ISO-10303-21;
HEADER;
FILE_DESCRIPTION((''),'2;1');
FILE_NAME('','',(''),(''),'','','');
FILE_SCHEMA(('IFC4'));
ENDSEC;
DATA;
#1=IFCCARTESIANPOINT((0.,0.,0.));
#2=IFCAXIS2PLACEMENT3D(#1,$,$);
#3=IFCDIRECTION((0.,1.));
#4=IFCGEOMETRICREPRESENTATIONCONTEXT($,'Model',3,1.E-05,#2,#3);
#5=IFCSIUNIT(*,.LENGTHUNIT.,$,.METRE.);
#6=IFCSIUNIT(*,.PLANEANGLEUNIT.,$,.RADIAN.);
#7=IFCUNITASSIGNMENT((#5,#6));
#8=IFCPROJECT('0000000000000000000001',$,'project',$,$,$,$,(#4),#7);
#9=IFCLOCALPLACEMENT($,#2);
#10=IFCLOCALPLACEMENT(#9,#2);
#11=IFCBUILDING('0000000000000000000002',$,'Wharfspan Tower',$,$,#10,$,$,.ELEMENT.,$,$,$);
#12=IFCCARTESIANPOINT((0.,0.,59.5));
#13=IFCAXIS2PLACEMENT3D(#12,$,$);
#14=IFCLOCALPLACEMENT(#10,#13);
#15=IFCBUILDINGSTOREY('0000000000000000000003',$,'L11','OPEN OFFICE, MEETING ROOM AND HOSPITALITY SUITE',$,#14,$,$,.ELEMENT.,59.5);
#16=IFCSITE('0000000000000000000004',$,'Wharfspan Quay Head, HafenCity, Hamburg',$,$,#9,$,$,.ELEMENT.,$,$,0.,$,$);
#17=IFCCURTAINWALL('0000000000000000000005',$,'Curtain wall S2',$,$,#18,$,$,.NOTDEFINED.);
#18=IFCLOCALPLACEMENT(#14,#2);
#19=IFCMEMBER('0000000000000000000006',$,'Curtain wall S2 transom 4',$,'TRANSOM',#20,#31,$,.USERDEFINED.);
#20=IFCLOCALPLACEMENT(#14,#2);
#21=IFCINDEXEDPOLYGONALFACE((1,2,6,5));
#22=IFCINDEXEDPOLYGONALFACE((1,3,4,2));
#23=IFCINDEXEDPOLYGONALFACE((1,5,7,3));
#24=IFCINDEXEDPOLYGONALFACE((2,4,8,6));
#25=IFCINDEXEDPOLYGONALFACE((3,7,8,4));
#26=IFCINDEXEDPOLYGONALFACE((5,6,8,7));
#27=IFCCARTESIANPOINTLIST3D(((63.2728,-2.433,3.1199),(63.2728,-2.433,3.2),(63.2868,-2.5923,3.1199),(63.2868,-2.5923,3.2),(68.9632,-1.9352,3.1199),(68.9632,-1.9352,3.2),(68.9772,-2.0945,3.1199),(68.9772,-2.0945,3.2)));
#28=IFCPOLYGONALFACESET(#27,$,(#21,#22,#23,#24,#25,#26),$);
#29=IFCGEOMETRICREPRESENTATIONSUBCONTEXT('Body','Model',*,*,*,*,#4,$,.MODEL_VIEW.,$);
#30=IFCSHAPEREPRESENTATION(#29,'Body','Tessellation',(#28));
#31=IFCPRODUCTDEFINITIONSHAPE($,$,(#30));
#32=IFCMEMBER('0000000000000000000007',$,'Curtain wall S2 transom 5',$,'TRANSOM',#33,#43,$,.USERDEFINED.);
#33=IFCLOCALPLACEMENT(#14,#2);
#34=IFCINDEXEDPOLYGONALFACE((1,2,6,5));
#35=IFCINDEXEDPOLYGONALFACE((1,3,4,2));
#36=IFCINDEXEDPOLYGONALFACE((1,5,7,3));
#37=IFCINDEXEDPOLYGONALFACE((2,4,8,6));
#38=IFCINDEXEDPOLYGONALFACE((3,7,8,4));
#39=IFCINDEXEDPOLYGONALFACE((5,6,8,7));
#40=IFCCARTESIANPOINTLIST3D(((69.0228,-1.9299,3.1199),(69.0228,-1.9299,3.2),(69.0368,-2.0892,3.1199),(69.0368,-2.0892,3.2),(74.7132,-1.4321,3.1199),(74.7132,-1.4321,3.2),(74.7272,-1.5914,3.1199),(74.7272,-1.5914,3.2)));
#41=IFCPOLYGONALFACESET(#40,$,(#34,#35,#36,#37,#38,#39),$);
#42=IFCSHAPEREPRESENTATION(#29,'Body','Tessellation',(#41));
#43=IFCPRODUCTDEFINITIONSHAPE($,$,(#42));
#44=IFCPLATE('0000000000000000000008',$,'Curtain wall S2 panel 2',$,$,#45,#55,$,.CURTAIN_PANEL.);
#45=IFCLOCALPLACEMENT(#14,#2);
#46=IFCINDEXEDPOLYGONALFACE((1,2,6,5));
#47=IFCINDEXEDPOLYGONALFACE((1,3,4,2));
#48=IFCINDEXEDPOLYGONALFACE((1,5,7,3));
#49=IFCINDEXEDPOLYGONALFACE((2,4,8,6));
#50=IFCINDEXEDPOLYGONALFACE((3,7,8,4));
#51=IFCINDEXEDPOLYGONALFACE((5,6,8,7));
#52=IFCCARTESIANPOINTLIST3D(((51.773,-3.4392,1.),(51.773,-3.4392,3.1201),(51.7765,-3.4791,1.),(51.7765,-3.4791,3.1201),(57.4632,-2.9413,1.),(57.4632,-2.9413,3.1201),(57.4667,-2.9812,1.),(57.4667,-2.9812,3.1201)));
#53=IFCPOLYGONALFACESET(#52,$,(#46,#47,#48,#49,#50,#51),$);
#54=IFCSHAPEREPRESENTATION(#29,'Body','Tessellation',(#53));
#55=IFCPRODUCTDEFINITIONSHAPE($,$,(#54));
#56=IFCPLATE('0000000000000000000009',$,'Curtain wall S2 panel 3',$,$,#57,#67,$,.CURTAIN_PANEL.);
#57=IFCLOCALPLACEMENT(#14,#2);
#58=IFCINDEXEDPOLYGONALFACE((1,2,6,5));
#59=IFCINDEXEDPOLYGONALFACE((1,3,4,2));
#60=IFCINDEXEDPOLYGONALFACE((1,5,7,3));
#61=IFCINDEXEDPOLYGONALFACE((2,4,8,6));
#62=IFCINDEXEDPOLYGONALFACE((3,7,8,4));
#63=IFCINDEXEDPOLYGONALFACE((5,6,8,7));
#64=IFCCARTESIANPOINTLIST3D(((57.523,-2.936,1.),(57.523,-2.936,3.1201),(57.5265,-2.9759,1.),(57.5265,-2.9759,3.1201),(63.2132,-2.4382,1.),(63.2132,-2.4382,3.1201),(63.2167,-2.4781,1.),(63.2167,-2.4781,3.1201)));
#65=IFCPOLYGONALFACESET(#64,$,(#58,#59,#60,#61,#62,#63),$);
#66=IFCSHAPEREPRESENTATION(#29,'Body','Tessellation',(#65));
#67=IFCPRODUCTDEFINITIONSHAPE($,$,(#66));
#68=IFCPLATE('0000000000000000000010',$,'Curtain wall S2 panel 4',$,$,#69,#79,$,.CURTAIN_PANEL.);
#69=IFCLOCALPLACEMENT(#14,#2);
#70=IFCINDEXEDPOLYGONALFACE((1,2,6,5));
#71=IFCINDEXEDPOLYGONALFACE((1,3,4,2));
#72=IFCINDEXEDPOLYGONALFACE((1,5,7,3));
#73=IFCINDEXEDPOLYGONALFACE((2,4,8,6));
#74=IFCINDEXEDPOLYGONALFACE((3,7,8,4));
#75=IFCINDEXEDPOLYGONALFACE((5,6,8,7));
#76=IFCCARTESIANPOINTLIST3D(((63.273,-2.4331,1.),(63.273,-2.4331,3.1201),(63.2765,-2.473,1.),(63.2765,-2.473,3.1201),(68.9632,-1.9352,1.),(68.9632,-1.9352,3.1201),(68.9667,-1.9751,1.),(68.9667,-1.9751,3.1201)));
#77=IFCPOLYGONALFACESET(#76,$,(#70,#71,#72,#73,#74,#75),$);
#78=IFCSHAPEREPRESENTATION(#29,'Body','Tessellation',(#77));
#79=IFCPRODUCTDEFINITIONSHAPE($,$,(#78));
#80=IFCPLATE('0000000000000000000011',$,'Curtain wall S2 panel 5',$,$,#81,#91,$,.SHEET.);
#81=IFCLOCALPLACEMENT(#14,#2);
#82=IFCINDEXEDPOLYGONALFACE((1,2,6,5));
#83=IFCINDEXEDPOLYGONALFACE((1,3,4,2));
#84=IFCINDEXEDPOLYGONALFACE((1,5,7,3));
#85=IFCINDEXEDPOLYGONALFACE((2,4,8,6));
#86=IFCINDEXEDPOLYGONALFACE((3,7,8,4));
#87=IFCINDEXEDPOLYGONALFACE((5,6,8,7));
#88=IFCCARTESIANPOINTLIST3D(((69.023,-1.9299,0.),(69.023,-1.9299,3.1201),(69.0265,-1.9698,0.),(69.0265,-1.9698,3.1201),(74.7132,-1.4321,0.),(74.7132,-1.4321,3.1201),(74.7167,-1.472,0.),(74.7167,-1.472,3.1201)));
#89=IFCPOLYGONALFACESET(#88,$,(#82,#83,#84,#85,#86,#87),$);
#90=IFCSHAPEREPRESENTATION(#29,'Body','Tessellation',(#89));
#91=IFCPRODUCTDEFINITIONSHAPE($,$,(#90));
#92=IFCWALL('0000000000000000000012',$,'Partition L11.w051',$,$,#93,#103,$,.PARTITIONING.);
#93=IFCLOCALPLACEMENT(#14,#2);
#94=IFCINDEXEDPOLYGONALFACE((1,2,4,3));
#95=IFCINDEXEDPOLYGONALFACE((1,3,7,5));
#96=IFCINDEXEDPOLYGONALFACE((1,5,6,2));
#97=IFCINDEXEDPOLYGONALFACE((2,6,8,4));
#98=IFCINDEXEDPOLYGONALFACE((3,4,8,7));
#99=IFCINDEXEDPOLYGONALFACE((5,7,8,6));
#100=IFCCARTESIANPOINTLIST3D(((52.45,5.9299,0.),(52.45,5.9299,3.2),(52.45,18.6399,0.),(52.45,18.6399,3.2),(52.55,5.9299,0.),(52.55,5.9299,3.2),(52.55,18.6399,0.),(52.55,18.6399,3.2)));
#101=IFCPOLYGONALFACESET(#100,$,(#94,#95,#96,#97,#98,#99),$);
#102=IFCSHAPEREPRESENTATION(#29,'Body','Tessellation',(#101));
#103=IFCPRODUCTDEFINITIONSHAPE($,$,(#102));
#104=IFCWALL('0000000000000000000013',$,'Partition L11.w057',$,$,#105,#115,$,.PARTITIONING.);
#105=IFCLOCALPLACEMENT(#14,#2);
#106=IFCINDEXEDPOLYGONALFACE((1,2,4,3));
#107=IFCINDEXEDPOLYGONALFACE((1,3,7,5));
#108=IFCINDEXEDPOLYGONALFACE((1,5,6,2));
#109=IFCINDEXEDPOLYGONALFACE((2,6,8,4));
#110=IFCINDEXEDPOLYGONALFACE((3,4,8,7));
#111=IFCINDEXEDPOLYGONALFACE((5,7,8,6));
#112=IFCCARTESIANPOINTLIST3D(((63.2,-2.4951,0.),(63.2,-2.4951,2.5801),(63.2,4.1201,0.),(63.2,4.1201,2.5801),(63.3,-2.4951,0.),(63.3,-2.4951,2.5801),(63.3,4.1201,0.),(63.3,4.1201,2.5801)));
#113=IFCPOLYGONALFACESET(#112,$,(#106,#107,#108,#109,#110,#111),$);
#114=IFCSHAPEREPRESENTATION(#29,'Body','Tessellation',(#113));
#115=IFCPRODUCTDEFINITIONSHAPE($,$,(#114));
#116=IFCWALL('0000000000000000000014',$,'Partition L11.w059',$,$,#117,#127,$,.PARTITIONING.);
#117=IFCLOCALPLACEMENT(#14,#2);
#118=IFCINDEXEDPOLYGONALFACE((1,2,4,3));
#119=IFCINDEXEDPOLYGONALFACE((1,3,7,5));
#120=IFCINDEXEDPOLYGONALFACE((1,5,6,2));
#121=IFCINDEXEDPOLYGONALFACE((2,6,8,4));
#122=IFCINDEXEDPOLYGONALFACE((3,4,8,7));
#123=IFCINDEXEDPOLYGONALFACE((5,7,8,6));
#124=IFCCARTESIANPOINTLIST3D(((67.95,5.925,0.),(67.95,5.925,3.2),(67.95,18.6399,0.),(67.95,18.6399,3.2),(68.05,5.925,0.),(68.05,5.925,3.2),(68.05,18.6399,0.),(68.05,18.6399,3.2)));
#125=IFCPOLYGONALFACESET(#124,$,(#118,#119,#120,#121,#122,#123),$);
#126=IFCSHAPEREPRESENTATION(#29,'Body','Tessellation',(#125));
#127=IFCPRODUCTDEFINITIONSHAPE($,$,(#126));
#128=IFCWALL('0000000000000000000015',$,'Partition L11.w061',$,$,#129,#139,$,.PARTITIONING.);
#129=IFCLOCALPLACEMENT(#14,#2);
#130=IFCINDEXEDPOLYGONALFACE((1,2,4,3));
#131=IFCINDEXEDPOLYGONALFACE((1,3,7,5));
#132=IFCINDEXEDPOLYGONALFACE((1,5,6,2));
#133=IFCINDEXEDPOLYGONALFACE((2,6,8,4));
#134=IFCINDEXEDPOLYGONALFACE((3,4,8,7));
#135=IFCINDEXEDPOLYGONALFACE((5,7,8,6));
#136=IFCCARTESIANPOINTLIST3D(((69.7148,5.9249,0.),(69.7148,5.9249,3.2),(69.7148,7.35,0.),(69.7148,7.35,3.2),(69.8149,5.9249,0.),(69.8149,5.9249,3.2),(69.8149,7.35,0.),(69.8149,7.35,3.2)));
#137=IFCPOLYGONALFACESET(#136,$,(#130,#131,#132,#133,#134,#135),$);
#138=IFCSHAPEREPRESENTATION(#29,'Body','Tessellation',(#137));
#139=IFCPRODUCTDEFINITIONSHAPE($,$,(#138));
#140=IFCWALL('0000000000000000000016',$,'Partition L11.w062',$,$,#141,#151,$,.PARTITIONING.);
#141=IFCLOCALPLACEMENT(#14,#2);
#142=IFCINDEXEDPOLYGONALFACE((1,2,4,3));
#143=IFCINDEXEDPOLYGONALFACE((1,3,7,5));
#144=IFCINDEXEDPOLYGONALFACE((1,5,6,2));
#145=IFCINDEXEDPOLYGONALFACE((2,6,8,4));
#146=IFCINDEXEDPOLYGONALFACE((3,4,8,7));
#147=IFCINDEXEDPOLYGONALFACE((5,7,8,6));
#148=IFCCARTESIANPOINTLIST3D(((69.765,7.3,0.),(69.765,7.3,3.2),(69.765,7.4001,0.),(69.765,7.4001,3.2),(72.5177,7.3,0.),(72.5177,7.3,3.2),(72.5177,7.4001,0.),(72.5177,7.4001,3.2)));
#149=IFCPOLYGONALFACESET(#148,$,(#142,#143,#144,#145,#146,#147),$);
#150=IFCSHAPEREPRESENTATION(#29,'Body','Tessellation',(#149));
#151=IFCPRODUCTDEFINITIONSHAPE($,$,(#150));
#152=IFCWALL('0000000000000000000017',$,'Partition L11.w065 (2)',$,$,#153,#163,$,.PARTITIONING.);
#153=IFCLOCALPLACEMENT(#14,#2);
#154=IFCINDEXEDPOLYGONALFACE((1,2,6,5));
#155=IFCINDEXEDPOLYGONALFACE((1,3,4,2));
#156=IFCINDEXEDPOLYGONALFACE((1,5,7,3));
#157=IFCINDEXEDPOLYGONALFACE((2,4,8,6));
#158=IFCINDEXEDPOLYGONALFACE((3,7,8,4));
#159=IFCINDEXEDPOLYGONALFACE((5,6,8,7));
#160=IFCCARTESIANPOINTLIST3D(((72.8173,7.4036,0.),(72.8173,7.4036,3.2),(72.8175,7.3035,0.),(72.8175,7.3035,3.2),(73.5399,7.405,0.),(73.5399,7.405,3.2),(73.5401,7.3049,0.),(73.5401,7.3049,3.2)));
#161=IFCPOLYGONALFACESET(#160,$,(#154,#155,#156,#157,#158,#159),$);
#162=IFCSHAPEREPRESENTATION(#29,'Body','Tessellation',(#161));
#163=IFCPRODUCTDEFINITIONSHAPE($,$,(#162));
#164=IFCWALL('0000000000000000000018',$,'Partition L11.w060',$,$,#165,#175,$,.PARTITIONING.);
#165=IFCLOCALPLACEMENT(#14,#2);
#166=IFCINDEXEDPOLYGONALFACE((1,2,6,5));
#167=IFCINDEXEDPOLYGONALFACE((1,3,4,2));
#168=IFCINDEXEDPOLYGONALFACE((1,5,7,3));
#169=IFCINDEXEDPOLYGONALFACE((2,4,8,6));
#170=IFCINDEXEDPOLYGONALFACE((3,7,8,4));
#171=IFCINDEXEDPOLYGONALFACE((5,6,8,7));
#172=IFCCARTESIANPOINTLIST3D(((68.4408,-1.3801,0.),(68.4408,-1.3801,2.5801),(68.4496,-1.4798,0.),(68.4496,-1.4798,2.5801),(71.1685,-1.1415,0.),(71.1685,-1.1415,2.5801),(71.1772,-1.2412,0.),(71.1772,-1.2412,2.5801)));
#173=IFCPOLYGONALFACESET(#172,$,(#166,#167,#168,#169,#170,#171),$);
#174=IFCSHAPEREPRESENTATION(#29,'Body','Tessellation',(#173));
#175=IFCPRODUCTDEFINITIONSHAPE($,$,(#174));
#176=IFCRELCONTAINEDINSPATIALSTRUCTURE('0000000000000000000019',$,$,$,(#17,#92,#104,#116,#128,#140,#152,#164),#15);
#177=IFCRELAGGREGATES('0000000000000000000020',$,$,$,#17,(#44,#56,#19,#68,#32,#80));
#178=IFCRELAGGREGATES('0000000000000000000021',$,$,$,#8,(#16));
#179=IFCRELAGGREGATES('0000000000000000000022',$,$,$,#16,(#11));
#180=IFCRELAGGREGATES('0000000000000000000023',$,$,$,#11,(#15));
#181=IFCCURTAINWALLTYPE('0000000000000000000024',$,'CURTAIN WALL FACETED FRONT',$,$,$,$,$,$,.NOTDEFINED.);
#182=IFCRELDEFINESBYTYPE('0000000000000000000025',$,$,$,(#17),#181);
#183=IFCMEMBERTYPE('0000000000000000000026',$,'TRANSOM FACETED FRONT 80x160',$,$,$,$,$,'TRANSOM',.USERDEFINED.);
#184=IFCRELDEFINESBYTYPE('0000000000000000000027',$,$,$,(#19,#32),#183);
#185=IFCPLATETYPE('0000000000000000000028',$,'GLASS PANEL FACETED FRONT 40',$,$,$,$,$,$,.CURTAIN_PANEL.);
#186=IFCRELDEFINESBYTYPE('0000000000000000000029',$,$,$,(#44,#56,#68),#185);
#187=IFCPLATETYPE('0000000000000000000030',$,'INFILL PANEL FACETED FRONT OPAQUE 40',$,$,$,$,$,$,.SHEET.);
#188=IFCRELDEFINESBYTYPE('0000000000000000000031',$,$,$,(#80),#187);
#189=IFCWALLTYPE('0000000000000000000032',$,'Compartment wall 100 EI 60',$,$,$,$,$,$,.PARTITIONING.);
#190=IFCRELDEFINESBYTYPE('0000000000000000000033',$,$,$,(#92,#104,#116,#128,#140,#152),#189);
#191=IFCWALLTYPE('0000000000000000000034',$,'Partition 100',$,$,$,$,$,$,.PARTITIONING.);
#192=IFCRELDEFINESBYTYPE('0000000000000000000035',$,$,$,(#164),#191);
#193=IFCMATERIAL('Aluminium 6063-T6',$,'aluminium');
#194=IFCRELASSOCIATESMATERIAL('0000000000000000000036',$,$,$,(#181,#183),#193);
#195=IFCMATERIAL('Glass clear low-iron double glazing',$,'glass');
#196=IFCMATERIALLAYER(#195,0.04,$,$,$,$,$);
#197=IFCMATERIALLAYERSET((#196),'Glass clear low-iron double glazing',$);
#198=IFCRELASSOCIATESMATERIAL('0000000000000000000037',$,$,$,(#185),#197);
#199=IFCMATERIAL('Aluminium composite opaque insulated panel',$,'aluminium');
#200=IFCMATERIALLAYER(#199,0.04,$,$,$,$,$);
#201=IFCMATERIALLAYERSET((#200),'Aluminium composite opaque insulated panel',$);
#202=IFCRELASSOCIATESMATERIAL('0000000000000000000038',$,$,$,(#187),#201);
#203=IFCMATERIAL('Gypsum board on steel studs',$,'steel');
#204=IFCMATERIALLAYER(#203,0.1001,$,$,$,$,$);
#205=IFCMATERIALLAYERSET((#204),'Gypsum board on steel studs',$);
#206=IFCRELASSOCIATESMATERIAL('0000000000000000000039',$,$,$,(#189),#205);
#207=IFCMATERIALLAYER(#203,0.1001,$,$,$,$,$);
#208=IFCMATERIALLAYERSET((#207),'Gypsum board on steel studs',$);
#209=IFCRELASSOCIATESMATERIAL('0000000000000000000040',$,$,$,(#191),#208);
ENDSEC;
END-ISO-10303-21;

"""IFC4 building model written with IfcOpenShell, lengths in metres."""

from ifc_helpers import new_model, si_unit, direction, frame, frame_2d, origin, origin_2d, place, context, subcontext, project, spatial, rectangle, extrude, material, layer, layer_set, material_profile, profile_set, type_object, element, aggregate, save


model = new_model("IFC4")

# Units and contexts
model_context = context("Model", 3, precision=1e-05, world=origin(), true_north=direction((0.0, 1.0)))
body_context = subcontext(model_context, "Body", "Model", "MODEL_VIEW")
ifc_project = project(units=[si_unit("LENGTHUNIT", "METRE"), si_unit("PLANEANGLEUNIT", "RADIAN")], contexts=[model_context])

# Site, building, storey
site_placement = place(None, origin())
site = spatial("IfcSite", under=ifc_project, at=site_placement, Name="Wharfspan Quay Head, HafenCity, Hamburg", CompositionType="ELEMENT", RefElevation=0.0)
building_placement = place(site_placement, origin())
building = spatial("IfcBuilding", under=site, at=building_placement, Name="Wharfspan Tower", CompositionType="ELEMENT")
storey_placement = place(building_placement, frame((0.0, 0.0, 59.5)))
storey = spatial("IfcBuildingStorey", under=building, at=storey_placement, Name="L11", Description="OPEN OFFICE, MEETING ROOM AND HOSPITALITY SUITE", CompositionType="ELEMENT", Elevation=59.5)

# Curtain wall
ifc_material_1 = material(Name="Aluminium 6063-T6", Category="aluminium")
curtain_wall_type = type_object("IfcCurtainWallType", Name="CURTAIN WALL FACETED FRONT", PredefinedType="NOTDEFINED", material=ifc_material_1)
curtain_wall_placement = place(storey_placement, origin())
curtain_wall = element("IfcCurtainWall", 1, at=curtain_wall_placement, inside=storey, type_object=curtain_wall_type, Name="Curtain wall S2", PredefinedType="NOTDEFINED")

# Members
ifc_material_profile_1 = material_profile(ifc_material_1, rectangle(XDim=0.1599, YDim=0.0801, at=origin_2d()))
ifc_profile_set_1 = profile_set([ifc_material_profile_1], Name="Aluminium 6063-T6")
member_type_1 = type_object("IfcMemberType", Name="TRANSOM FACETED FRONT 80x160", ElementType="TRANSOM", PredefinedType="USERDEFINED", material=ifc_profile_set_1)
member_1_placement = place(storey_placement, frame((63.2798, -2.5127, 3.1599), z_axis=(0.996195, 0.087148, 0.0), x_axis=(-0.087148, 0.996195, 0.0)))
member_1 = element("IfcMember", 2, at=member_1_placement, type_object=member_type_1, Name="Curtain wall S2 transom 4", ObjectType="TRANSOM", PredefinedType="USERDEFINED", context=body_context, shape_type="SweptSolid", body=[
    extrude(rectangle(XDim=0.1599, YDim=0.0801, at=origin_2d()), origin(), (0.0, 0.0, 1.0), 5.7122),
])
member_2_placement = place(storey_placement, frame((69.0298, -2.0095, 3.1599), z_axis=(0.996195, 0.087148, 0.0), x_axis=(-0.087148, 0.996195, 0.0)))
member_2 = element("IfcMember", 3, at=member_2_placement, type_object=member_type_1, Name="Curtain wall S2 transom 5", ObjectType="TRANSOM", PredefinedType="USERDEFINED", context=body_context, shape_type="SweptSolid", body=[
    extrude(rectangle(XDim=0.1599, YDim=0.0801, at=origin_2d()), origin(), (0.0, 0.0, 1.0), 5.7122),
])

# Plates
ifc_material_2 = material(Name="Glass clear low-iron double glazing", Category="glass")
ifc_layer_1 = layer(ifc_material_2, 0.04)
ifc_layer_set_1 = layer_set([ifc_layer_1], Name="Glass clear low-iron double glazing")
plate_type_1 = type_object("IfcPlateType", Name="GLASS PANEL FACETED FRONT 40", PredefinedType="CURTAIN_PANEL", material=ifc_layer_set_1)
plate_1_placement = place(storey_placement, frame((54.6199, -3.2102, 1.0), z_axis=(0.0, 0.0, 1.0), x_axis=(0.996197, 0.087156, 0.0)))
plate_1 = element("IfcPlate", 4, at=plate_1_placement, type_object=plate_type_1, Name="Curtain wall S2 panel 2", PredefinedType="CURTAIN_PANEL", context=body_context, shape_type="SweptSolid", body=[
    extrude(rectangle(XDim=5.7119, YDim=0.04, at=origin_2d()), origin(), (0.0, 0.0, 1.0), 2.1201),
])
plate_2_placement = place(storey_placement, frame((60.3699, -2.707, 1.0), z_axis=(0.0, 0.0, 1.0), x_axis=(0.996197, 0.087156, 0.0)))
plate_2 = element("IfcPlate", 5, at=plate_2_placement, type_object=plate_type_1, Name="Curtain wall S2 panel 3", PredefinedType="CURTAIN_PANEL", context=body_context, shape_type="SweptSolid", body=[
    extrude(rectangle(XDim=5.7119, YDim=0.04, at=origin_2d()), origin(), (0.0, 0.0, 1.0), 2.1201),
])
plate_3_placement = place(storey_placement, frame((66.1199, -2.2041, 1.0), z_axis=(0.0, 0.0, 1.0), x_axis=(0.996197, 0.087156, 0.0)))
plate_3 = element("IfcPlate", 6, at=plate_3_placement, type_object=plate_type_1, Name="Curtain wall S2 panel 4", PredefinedType="CURTAIN_PANEL", context=body_context, shape_type="SweptSolid", body=[
    extrude(rectangle(XDim=5.7119, YDim=0.04, at=origin_2d()), origin(), (0.0, 0.0, 1.0), 2.1201),
])
ifc_material_3 = material(Name="Aluminium composite opaque insulated panel", Category="aluminium")
ifc_layer_2 = layer(ifc_material_3, 0.04)
ifc_layer_set_2 = layer_set([ifc_layer_2], Name="Aluminium composite opaque insulated panel")
plate_type_2 = type_object("IfcPlateType", Name="INFILL PANEL FACETED FRONT OPAQUE 40", PredefinedType="SHEET", material=ifc_layer_set_2)
plate_4_placement = place(storey_placement, frame((71.8699, -1.7009, 0.0), z_axis=(0.0, 0.0, 1.0), x_axis=(0.996197, 0.087156, 0.0)))
plate_4 = element("IfcPlate", 7, at=plate_4_placement, type_object=plate_type_2, Name="Curtain wall S2 panel 5", PredefinedType="SHEET", context=body_context, shape_type="SweptSolid", body=[
    extrude(rectangle(XDim=5.7119, YDim=0.04, at=origin_2d()), origin(), (0.0, 0.0, 1.0), 3.1201),
])
aggregate(curtain_wall, [plate_1, plate_2, member_1, plate_3, member_2, plate_4])

# Walls
ifc_material_4 = material(Name="Gypsum board on steel studs", Category="steel")
ifc_layer_3 = layer(ifc_material_4, 0.1001)
ifc_layer_set_3 = layer_set([ifc_layer_3], Name="Gypsum board on steel studs")
wall_type_1 = type_object("IfcWallType", Name="Compartment wall 100 EI 60", PredefinedType="PARTITIONING", material=ifc_layer_set_3)
wall_1_placement = place(storey_placement, frame((52.5, 5.9299, 0.0), z_axis=(0.0, 0.0, 1.0), x_axis=(0.0, 1.0, 0.0)))
element("IfcWall", 8, at=wall_1_placement, inside=storey, type_object=wall_type_1, Name="Partition L11.w051", PredefinedType="PARTITIONING", context=body_context, shape_type="SweptSolid", body=[
    extrude(rectangle(XDim=12.71, YDim=0.1001, at=frame_2d((6.355, 0.0))), origin(), (0.0, 0.0, 1.0), 3.2),
])
wall_2_placement = place(storey_placement, frame((63.25, -2.4951, 0.0), z_axis=(0.0, 0.0, 1.0), x_axis=(0.0, 1.0, 0.0)))
element("IfcWall", 9, at=wall_2_placement, inside=storey, type_object=wall_type_1, Name="Partition L11.w057", PredefinedType="PARTITIONING", context=body_context, shape_type="SweptSolid", body=[
    extrude(rectangle(XDim=6.6152, YDim=0.1001, at=frame_2d((3.3076, 0.0))), origin(), (0.0, 0.0, 1.0), 2.5801),
])
wall_3_placement = place(storey_placement, frame((68.0, 5.925, 0.0), z_axis=(0.0, 0.0, 1.0), x_axis=(0.0, 1.0, 0.0)))
element("IfcWall", 10, at=wall_3_placement, inside=storey, type_object=wall_type_1, Name="Partition L11.w059", PredefinedType="PARTITIONING", context=body_context, shape_type="SweptSolid", body=[
    extrude(rectangle(XDim=12.7148, YDim=0.1001, at=frame_2d((6.3574, 0.0))), origin(), (0.0, 0.0, 1.0), 3.2),
])
wall_4_placement = place(storey_placement, frame((69.7649, 5.925, 0.0), z_axis=(0.0, 0.0, 1.0), x_axis=(0.0, 1.0, 0.0)))
element("IfcWall", 11, at=wall_4_placement, inside=storey, type_object=wall_type_1, Name="Partition L11.w061", PredefinedType="PARTITIONING", context=body_context, shape_type="SweptSolid", body=[
    extrude(rectangle(XDim=1.425, YDim=0.1001, at=frame_2d((0.7124, 0.0))), origin(), (0.0, 0.0, 1.0), 3.2),
])
wall_5_placement = place(storey_placement, frame((69.7649, 7.3501, 0.0), z_axis=(0.0, 0.0, 1.0), x_axis=(1.0, 0.0, 0.0)))
element("IfcWall", 12, at=wall_5_placement, inside=storey, type_object=wall_type_1, Name="Partition L11.w062", PredefinedType="PARTITIONING", context=body_context, shape_type="SweptSolid", body=[
    extrude(rectangle(XDim=2.7527, YDim=0.1001, at=frame_2d((1.3765, 0.0))), origin(), (0.0, 0.0, 1.0), 3.2),
])
wall_6_placement = place(storey_placement, frame((72.8174, 7.3535, 0.0), z_axis=(0.0, 0.0, 1.0), x_axis=(0.999994, 0.002027, 0.0)))
element("IfcWall", 13, at=wall_6_placement, inside=storey, type_object=wall_type_1, Name="Partition L11.w065 (2)", PredefinedType="PARTITIONING", context=body_context, shape_type="SweptSolid", body=[
    extrude(rectangle(XDim=0.7227, YDim=0.1001, at=frame_2d((0.3613, 0.0))), origin(), (0.0, 0.0, 1.0), 3.2),
])
ifc_layer_4 = layer(ifc_material_4, 0.1001)
ifc_layer_set_4 = layer_set([ifc_layer_4], Name="Gypsum board on steel studs")
wall_type_2 = type_object("IfcWallType", Name="Partition 100", PredefinedType="PARTITIONING", material=ifc_layer_set_4)
wall_7_placement = place(storey_placement, frame((68.4451, -1.4299, 0.0), z_axis=(0.0, 0.0, 1.0), x_axis=(0.996195, 0.087118, 0.0)))
element("IfcWall", 14, at=wall_7_placement, inside=storey, type_object=wall_type_2, Name="Partition L11.w060", PredefinedType="PARTITIONING", context=body_context, shape_type="SweptSolid", body=[
    extrude(rectangle(XDim=2.738, YDim=0.1001, at=frame_2d((1.3691, 0.0))), origin(), (0.0, 0.0, 1.0), 2.5801),
])

save(model, "model.ifc")
